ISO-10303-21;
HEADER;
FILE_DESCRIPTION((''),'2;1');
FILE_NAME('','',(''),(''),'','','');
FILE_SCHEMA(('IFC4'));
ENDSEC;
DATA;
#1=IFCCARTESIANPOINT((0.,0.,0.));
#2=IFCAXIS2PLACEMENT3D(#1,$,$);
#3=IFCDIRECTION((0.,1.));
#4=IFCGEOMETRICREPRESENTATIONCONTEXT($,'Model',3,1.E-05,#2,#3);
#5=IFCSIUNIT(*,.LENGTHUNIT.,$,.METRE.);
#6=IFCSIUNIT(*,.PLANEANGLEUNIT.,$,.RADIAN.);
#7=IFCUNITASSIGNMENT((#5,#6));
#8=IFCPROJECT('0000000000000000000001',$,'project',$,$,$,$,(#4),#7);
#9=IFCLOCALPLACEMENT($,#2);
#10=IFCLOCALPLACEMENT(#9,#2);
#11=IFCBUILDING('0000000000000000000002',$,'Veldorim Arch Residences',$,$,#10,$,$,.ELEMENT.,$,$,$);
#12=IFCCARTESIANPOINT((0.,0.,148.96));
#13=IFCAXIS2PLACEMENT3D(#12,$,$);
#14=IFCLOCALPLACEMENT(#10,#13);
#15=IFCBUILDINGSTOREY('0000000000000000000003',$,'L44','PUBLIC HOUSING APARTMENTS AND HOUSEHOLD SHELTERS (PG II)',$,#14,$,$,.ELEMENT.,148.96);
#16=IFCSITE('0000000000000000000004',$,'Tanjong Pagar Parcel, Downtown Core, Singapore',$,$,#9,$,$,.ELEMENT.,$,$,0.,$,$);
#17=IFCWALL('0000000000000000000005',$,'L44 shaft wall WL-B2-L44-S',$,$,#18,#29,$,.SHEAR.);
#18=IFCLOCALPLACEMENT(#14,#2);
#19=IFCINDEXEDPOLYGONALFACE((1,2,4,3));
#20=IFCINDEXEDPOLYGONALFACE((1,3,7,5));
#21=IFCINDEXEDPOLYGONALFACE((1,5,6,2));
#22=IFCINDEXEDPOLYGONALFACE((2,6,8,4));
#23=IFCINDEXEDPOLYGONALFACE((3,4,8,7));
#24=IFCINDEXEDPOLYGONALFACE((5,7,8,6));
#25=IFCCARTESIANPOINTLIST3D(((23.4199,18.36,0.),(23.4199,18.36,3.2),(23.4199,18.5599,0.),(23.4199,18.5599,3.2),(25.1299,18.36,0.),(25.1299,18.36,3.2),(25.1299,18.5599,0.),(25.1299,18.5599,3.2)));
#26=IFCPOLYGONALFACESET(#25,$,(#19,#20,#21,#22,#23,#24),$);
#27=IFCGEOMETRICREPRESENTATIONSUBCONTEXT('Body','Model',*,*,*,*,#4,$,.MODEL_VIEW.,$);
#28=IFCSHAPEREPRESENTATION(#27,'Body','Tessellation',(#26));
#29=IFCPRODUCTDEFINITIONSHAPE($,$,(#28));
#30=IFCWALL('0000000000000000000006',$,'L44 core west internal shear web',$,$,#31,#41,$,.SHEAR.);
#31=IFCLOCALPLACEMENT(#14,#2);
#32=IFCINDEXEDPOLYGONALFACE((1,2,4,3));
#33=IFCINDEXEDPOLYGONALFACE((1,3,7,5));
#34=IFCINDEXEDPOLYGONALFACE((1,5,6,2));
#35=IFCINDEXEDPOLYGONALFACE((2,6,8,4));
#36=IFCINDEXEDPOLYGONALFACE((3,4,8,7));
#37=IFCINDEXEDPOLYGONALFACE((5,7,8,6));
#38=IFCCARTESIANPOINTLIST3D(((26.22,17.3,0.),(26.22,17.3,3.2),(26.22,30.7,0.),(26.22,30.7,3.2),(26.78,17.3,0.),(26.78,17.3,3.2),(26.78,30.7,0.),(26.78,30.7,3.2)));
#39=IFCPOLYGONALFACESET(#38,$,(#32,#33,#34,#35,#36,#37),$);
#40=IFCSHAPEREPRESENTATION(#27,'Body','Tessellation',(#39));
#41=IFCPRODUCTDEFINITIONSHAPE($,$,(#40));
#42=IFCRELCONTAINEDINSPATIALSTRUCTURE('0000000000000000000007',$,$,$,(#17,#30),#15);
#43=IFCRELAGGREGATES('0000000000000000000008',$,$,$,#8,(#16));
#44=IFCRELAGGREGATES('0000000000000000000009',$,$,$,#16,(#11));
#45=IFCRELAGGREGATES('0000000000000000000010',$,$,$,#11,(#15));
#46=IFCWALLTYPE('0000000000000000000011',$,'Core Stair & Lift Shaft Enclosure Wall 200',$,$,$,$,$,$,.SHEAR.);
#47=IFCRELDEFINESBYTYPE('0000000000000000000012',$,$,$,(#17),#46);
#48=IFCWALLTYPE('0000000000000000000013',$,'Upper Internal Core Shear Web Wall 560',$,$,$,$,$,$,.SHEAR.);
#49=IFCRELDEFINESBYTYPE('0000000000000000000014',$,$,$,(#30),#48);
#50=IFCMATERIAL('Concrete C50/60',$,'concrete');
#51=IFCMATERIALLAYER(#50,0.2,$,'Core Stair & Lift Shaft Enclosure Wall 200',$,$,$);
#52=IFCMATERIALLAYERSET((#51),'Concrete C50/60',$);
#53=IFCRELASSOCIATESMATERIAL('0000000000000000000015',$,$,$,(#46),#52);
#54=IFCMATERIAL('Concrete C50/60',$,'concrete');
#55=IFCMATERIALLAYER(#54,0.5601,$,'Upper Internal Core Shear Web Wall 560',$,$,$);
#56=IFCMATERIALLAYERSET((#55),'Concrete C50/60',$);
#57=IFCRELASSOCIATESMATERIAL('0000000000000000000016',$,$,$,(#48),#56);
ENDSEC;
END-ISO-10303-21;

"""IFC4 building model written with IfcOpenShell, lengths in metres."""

from ifc_helpers import new_model, si_unit, direction, frame, frame_2d, origin, place, context, subcontext, project, spatial, rectangle, extrude, material, layer, layer_set, type_object, element, save


model = new_model("IFC4")

# Units and contexts
model_context = context("Model", 3, precision=1e-05, world=origin(), true_north=direction((0.0, 1.0)))
body_context = subcontext(model_context, "Body", "Model", "MODEL_VIEW")
ifc_project = project(units=[si_unit("LENGTHUNIT", "METRE"), si_unit("PLANEANGLEUNIT", "RADIAN")], contexts=[model_context])

# Site, building, storey
site_placement = place(None, origin())
site = spatial("IfcSite", under=ifc_project, at=site_placement, Name="Tanjong Pagar Parcel, Downtown Core, Singapore", CompositionType="ELEMENT", RefElevation=0.0)
building_placement = place(site_placement, origin())
building = spatial("IfcBuilding", under=site, at=building_placement, Name="Veldorim Arch Residences", CompositionType="ELEMENT")
storey_placement = place(building_placement, frame((0.0, 0.0, 148.96)))
storey = spatial("IfcBuildingStorey", under=building, at=storey_placement, Name="L44", Description="PUBLIC HOUSING APARTMENTS AND HOUSEHOLD SHELTERS (PG II)", CompositionType="ELEMENT", Elevation=148.96)

# Wall
ifc_material_1 = material(Name="Concrete C50/60", Category="concrete")
ifc_layer_1 = layer(ifc_material_1, 0.2, Name="Core Stair & Lift Shaft Enclosure Wall 200")
ifc_layer_set_1 = layer_set([ifc_layer_1], Name="Concrete C50/60")
wall_type_1 = type_object("IfcWallType", Name="Core Stair & Lift Shaft Enclosure Wall 200", PredefinedType="SHEAR", material=ifc_layer_set_1)
wall_1_placement = place(storey_placement, frame((23.4199, 18.46, 0.0), z_axis=(0.0, 0.0, 1.0), x_axis=(1.0, 0.0, 0.0)))
element("IfcWall", 1, at=wall_1_placement, inside=storey, type_object=wall_type_1, Name="L44 shaft wall WL-B2-L44-S", PredefinedType="SHEAR", context=body_context, shape_type="SweptSolid", body=[
    extrude(rectangle(XDim=1.71, YDim=0.2, at=frame_2d((0.855, 0.0))), origin(), (0.0, 0.0, 1.0), 3.2),
])

# Wall
ifc_material_2 = material(Name="Concrete C50/60", Category="concrete")
ifc_layer_2 = layer(ifc_material_2, 0.5601, Name="Upper Internal Core Shear Web Wall 560")
ifc_layer_set_2 = layer_set([ifc_layer_2], Name="Concrete C50/60")
wall_type_2 = type_object("IfcWallType", Name="Upper Internal Core Shear Web Wall 560", PredefinedType="SHEAR", material=ifc_layer_set_2)
wall_2_placement = place(storey_placement, frame((26.5, 17.3, 0.0), z_axis=(0.0, 0.0, 1.0), x_axis=(0.0, 1.0, 0.0)))
element("IfcWall", 2, at=wall_2_placement, inside=storey, type_object=wall_type_2, Name="L44 core west internal shear web", PredefinedType="SHEAR", context=body_context, shape_type="SweptSolid", body=[
    extrude(rectangle(XDim=13.3999, YDim=0.5601, at=frame_2d((6.7, 0.0))), origin(), (0.0, 0.0, 1.0), 3.2),
])

save(model, "model.ifc")
